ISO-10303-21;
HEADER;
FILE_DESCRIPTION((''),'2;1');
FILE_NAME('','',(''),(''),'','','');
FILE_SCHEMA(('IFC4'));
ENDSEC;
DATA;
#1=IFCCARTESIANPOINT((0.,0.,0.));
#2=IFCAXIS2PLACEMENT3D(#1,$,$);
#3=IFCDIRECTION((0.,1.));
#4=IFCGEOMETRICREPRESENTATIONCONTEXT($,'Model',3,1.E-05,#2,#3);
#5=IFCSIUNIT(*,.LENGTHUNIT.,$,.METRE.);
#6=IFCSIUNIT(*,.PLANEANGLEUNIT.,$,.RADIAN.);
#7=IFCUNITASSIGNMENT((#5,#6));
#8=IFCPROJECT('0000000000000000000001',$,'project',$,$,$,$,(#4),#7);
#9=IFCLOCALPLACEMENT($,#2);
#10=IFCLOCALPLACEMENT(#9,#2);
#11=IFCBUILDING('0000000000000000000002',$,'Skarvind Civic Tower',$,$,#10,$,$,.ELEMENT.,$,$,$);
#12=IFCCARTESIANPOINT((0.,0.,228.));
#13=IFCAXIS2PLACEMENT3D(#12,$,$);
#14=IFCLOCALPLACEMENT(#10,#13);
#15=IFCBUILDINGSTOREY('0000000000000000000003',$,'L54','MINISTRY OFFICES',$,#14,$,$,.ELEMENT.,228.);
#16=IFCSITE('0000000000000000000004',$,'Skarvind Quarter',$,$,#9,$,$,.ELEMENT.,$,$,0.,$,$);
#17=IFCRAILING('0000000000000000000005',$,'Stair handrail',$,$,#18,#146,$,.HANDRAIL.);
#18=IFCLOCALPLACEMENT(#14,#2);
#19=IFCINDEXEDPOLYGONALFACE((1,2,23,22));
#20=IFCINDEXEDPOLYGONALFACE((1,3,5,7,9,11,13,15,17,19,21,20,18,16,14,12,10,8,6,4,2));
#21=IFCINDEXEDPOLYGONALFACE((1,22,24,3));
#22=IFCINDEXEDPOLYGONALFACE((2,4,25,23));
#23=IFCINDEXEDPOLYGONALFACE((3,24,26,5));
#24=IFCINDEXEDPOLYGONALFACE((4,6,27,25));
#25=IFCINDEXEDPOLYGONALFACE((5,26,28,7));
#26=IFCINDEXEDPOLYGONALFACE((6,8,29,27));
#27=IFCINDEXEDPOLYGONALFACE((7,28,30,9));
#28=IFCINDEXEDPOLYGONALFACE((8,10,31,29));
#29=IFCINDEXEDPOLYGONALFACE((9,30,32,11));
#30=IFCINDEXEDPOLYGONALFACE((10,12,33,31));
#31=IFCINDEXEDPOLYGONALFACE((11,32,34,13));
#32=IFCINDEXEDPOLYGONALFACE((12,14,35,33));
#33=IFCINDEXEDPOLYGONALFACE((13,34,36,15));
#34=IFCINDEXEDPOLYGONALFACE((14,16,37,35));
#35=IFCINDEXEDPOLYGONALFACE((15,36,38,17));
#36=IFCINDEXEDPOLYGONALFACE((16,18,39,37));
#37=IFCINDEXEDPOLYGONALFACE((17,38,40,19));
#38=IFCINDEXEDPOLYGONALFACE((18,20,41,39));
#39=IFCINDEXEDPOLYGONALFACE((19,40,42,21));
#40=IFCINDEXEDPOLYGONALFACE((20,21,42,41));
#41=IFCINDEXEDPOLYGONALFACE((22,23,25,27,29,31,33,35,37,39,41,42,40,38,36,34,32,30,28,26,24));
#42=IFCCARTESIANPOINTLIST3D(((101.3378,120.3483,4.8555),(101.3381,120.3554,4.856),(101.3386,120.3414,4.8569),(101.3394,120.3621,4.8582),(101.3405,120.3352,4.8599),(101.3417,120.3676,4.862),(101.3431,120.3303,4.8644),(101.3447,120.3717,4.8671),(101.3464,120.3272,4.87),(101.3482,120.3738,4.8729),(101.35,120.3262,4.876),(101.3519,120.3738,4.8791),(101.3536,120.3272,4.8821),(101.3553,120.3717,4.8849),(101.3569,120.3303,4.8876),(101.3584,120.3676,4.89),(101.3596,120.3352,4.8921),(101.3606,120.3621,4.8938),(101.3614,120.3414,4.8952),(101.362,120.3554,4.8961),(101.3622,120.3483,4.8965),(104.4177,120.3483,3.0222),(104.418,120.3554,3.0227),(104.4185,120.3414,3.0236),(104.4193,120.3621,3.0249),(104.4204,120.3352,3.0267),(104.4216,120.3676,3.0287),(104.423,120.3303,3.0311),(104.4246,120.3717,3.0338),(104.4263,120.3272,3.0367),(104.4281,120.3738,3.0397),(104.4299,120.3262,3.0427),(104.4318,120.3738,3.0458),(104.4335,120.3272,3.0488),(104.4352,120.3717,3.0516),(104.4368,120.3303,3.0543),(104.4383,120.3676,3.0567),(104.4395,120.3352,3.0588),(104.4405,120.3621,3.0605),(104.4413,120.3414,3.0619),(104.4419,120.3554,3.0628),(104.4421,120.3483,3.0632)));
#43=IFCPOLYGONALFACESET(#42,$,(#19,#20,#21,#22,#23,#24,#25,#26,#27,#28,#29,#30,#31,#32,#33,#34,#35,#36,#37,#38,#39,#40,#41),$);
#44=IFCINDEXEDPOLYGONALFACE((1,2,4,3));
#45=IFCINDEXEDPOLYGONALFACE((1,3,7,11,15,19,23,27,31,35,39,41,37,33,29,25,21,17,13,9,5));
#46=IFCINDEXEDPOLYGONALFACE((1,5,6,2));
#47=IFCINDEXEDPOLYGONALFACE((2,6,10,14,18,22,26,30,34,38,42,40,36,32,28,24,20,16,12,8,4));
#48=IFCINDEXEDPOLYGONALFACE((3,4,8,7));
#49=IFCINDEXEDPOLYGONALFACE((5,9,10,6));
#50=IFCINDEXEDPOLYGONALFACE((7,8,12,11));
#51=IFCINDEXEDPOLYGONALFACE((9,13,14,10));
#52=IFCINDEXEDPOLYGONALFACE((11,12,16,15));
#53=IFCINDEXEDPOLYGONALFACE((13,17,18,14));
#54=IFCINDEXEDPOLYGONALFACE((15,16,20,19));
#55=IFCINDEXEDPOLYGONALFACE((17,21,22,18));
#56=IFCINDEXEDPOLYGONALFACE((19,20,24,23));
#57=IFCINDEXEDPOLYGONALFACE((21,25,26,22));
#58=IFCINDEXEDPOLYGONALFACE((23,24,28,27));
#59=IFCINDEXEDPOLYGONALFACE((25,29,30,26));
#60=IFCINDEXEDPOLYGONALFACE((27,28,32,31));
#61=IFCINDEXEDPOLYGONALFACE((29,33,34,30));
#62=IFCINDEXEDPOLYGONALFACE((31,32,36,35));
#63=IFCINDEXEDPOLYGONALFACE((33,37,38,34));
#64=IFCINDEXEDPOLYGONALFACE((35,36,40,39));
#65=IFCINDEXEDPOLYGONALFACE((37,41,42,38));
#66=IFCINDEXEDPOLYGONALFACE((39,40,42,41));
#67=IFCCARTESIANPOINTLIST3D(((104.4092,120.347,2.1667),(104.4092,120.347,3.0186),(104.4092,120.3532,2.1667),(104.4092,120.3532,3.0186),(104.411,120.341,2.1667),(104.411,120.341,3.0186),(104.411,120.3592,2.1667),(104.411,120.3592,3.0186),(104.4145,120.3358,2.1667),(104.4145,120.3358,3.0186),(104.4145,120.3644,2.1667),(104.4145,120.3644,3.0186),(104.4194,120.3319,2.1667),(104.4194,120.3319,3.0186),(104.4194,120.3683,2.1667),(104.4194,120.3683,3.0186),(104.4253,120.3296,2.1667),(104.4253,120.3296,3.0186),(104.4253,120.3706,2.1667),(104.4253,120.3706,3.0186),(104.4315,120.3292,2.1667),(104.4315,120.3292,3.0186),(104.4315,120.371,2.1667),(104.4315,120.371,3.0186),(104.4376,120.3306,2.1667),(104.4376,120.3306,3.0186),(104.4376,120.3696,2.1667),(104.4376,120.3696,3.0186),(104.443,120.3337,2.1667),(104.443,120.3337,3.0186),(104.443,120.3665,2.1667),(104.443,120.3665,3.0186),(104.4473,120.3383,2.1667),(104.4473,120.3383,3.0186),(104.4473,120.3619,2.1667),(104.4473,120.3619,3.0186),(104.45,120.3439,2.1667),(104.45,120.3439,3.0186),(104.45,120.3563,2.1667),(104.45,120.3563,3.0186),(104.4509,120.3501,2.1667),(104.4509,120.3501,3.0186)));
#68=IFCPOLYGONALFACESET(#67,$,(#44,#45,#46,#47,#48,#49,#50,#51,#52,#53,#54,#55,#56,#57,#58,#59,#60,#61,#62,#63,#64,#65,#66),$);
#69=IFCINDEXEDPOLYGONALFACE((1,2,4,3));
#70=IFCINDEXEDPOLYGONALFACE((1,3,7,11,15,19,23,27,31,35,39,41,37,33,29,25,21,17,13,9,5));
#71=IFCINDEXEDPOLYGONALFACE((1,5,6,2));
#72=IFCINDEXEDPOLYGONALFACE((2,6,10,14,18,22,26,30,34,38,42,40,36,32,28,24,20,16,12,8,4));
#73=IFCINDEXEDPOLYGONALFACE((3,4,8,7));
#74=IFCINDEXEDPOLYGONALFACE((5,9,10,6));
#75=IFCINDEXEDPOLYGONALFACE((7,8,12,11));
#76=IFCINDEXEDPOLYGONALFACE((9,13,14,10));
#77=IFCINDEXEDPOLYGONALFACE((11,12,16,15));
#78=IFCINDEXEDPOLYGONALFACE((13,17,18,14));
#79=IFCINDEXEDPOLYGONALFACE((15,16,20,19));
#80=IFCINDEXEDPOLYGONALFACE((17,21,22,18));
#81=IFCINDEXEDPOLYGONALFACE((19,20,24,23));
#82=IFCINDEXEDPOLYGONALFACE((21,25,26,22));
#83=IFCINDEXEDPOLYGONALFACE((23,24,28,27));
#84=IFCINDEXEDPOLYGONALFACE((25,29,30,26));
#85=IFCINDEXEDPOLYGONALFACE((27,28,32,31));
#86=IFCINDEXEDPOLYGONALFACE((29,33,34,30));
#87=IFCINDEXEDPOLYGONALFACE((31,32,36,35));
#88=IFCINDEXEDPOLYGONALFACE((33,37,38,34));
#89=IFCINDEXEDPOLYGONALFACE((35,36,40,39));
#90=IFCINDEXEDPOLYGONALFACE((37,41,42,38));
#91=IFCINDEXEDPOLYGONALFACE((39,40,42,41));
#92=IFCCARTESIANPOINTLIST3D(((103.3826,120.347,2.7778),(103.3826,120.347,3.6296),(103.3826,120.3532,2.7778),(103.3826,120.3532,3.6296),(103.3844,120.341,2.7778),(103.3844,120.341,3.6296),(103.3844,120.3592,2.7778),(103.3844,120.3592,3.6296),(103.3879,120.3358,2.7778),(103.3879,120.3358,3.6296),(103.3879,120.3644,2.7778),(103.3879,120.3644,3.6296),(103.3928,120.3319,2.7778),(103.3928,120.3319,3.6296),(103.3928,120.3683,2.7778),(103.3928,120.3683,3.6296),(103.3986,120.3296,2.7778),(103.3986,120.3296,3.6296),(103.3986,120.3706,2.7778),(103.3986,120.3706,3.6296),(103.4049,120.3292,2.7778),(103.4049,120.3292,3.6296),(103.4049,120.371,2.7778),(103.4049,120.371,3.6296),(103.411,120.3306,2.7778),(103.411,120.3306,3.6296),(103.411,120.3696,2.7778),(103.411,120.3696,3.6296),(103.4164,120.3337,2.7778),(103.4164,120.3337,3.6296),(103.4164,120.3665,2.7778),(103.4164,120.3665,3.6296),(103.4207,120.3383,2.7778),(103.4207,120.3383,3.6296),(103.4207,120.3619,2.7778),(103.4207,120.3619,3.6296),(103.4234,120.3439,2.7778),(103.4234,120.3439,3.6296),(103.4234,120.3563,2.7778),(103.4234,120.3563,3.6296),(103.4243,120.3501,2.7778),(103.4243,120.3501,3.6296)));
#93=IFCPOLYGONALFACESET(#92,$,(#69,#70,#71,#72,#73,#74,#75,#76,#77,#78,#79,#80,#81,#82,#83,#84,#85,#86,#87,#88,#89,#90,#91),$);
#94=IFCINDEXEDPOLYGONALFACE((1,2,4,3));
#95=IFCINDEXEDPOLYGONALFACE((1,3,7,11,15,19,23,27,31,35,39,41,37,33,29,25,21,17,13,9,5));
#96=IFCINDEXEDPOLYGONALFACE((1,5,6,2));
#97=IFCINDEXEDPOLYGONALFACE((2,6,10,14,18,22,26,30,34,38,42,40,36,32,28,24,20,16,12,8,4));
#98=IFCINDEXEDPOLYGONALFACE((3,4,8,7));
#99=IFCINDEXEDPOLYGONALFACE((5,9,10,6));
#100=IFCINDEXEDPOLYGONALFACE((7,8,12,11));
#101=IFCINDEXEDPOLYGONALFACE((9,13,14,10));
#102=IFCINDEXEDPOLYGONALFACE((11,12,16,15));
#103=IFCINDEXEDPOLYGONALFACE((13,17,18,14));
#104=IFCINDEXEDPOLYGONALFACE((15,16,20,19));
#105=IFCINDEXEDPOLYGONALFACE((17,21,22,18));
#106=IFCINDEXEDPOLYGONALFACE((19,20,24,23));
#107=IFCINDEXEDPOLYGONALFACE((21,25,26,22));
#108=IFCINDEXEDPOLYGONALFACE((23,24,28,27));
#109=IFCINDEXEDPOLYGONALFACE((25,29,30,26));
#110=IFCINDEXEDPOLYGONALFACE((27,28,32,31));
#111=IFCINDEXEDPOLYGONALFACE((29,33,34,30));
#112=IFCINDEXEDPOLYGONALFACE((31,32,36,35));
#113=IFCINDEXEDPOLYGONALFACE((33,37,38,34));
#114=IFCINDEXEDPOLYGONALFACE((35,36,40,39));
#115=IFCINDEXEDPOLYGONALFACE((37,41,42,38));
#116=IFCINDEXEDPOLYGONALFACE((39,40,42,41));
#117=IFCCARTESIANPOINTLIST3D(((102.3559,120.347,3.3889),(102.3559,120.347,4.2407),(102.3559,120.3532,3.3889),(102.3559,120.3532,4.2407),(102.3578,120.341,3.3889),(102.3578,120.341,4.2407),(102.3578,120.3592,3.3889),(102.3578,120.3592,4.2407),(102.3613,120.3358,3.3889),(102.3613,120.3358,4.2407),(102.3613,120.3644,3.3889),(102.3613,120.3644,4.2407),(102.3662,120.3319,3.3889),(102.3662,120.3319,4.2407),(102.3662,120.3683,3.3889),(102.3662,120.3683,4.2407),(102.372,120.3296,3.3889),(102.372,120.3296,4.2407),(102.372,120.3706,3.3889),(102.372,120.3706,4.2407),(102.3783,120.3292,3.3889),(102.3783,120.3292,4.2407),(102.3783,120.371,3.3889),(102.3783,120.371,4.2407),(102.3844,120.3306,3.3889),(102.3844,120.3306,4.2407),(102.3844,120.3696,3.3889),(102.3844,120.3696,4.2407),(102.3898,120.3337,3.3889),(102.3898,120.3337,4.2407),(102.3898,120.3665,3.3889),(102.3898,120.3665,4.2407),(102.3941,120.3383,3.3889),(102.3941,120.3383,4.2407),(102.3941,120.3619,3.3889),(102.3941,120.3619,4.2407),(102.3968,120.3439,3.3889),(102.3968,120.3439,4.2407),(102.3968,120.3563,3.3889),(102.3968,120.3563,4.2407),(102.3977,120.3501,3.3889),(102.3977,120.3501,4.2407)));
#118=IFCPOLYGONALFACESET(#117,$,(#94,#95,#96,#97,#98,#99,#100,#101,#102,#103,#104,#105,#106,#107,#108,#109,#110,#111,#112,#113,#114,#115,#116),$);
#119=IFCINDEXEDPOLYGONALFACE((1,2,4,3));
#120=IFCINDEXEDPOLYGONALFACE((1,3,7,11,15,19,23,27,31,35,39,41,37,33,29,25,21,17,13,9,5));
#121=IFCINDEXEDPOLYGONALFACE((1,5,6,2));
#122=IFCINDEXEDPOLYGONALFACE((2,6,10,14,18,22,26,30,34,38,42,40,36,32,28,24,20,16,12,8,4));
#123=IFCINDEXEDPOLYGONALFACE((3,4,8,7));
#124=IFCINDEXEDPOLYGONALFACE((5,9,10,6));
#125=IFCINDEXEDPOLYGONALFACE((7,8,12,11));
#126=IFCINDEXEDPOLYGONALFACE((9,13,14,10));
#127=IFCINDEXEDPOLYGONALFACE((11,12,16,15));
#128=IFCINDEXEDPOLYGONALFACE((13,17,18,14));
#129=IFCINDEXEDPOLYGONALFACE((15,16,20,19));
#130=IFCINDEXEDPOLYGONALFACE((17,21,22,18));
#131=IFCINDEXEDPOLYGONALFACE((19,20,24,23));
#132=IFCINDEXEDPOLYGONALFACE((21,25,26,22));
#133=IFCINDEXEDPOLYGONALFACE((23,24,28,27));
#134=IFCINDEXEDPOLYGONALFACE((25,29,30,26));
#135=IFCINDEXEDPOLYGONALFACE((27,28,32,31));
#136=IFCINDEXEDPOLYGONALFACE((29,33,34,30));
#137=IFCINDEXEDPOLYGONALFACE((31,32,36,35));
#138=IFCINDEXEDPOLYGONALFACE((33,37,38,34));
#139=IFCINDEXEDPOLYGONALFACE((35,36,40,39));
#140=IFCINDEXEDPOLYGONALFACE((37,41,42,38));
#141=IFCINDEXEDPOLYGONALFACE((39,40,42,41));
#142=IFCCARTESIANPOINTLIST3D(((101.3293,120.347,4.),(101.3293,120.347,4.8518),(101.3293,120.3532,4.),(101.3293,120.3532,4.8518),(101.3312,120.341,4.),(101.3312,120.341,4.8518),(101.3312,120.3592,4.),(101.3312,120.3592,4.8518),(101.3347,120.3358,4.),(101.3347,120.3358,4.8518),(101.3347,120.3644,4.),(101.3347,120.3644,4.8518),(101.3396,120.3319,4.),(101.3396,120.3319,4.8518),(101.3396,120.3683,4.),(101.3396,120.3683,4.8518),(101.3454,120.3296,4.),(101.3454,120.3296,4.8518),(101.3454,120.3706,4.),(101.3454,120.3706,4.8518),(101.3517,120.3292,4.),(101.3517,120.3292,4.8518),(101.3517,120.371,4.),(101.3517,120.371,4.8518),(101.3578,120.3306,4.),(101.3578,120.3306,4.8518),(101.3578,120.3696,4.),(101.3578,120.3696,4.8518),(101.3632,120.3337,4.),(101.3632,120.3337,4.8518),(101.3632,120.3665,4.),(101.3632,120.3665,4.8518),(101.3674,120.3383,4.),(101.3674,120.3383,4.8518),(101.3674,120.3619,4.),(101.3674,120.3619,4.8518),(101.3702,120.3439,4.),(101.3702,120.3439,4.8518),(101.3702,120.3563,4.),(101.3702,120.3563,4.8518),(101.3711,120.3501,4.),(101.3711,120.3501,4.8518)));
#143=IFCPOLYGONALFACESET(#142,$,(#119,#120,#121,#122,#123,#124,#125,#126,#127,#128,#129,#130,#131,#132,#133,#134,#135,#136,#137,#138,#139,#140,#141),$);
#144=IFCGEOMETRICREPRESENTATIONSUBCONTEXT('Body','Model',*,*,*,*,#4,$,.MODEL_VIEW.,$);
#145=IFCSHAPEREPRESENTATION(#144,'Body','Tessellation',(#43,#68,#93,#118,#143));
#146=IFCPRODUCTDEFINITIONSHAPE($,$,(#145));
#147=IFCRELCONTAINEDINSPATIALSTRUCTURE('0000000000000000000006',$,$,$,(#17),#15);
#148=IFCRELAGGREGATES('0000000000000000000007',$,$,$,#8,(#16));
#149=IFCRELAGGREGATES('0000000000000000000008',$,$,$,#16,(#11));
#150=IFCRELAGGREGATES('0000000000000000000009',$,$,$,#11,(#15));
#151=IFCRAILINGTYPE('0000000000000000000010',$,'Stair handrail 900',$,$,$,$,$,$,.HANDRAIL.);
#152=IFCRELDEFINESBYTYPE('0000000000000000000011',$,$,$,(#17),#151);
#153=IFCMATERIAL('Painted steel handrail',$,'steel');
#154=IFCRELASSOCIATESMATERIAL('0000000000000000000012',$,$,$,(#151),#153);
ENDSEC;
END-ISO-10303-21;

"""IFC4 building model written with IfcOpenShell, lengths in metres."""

from ifc_helpers import new_model, si_unit, direction, frame, origin, origin_2d, place, context, subcontext, project, spatial, circle, extrude, material, type_object, element, save


model = new_model("IFC4")

# Units and contexts
model_context = context("Model", 3, precision=1e-05, world=origin(), true_north=direction((0.0, 1.0)))
body_context = subcontext(model_context, "Body", "Model", "MODEL_VIEW")
ifc_project = project(units=[si_unit("LENGTHUNIT", "METRE"), si_unit("PLANEANGLEUNIT", "RADIAN")], contexts=[model_context])

# Site, building, storey
site_placement = place(None, origin())
site = spatial("IfcSite", under=ifc_project, at=site_placement, Name="Skarvind Quarter", CompositionType="ELEMENT", RefElevation=0.0)
building_placement = place(site_placement, origin())
building = spatial("IfcBuilding", under=site, at=building_placement, Name="Skarvind Civic Tower", CompositionType="ELEMENT")
storey_placement = place(building_placement, frame((0.0, 0.0, 228.0)))
storey = spatial("IfcBuildingStorey", under=building, at=storey_placement, Name="L54", Description="MINISTRY OFFICES", CompositionType="ELEMENT", Elevation=228.0)

# Railing
ifc_material_1 = material(Name="Painted steel handrail", Category="steel")
railing_type = type_object("IfcRailingType", Name="Stair handrail 900", PredefinedType="HANDRAIL", material=ifc_material_1)
railing_placement = place(storey_placement, frame((104.4299, 120.3501, 2.1667)))
element("IfcRailing", 1, at=railing_placement, inside=storey, type_object=railing_type, Name="Stair handrail", PredefinedType="HANDRAIL", context=body_context, shape_type="SweptSolid", body=[
    extrude(circle(Radius=0.0239, at=origin_2d()), frame((0.0, 0.0, 0.876), z_axis=(-0.859291, 0.0, 0.511487), x_axis=(0.0, -1.0, 0.0)), (0.0, 0.0, 1.0), 3.5842),
    extrude(circle(Radius=0.021, at=origin_2d()), origin(), (0.0, 0.0, 1.0), 0.8518),
    extrude(circle(Radius=0.021, at=origin_2d()), frame((-1.0266, 0.0, 0.6111)), (0.0, 0.0, 1.0), 0.8518),
    extrude(circle(Radius=0.021, at=origin_2d()), frame((-2.0532, 0.0, 1.2222)), (0.0, 0.0, 1.0), 0.8518),
    extrude(circle(Radius=0.021, at=origin_2d()), frame((-3.0798, 0.0, 1.8333)), (0.0, 0.0, 1.0), 0.8518),
])

save(model, "model.ifc")
